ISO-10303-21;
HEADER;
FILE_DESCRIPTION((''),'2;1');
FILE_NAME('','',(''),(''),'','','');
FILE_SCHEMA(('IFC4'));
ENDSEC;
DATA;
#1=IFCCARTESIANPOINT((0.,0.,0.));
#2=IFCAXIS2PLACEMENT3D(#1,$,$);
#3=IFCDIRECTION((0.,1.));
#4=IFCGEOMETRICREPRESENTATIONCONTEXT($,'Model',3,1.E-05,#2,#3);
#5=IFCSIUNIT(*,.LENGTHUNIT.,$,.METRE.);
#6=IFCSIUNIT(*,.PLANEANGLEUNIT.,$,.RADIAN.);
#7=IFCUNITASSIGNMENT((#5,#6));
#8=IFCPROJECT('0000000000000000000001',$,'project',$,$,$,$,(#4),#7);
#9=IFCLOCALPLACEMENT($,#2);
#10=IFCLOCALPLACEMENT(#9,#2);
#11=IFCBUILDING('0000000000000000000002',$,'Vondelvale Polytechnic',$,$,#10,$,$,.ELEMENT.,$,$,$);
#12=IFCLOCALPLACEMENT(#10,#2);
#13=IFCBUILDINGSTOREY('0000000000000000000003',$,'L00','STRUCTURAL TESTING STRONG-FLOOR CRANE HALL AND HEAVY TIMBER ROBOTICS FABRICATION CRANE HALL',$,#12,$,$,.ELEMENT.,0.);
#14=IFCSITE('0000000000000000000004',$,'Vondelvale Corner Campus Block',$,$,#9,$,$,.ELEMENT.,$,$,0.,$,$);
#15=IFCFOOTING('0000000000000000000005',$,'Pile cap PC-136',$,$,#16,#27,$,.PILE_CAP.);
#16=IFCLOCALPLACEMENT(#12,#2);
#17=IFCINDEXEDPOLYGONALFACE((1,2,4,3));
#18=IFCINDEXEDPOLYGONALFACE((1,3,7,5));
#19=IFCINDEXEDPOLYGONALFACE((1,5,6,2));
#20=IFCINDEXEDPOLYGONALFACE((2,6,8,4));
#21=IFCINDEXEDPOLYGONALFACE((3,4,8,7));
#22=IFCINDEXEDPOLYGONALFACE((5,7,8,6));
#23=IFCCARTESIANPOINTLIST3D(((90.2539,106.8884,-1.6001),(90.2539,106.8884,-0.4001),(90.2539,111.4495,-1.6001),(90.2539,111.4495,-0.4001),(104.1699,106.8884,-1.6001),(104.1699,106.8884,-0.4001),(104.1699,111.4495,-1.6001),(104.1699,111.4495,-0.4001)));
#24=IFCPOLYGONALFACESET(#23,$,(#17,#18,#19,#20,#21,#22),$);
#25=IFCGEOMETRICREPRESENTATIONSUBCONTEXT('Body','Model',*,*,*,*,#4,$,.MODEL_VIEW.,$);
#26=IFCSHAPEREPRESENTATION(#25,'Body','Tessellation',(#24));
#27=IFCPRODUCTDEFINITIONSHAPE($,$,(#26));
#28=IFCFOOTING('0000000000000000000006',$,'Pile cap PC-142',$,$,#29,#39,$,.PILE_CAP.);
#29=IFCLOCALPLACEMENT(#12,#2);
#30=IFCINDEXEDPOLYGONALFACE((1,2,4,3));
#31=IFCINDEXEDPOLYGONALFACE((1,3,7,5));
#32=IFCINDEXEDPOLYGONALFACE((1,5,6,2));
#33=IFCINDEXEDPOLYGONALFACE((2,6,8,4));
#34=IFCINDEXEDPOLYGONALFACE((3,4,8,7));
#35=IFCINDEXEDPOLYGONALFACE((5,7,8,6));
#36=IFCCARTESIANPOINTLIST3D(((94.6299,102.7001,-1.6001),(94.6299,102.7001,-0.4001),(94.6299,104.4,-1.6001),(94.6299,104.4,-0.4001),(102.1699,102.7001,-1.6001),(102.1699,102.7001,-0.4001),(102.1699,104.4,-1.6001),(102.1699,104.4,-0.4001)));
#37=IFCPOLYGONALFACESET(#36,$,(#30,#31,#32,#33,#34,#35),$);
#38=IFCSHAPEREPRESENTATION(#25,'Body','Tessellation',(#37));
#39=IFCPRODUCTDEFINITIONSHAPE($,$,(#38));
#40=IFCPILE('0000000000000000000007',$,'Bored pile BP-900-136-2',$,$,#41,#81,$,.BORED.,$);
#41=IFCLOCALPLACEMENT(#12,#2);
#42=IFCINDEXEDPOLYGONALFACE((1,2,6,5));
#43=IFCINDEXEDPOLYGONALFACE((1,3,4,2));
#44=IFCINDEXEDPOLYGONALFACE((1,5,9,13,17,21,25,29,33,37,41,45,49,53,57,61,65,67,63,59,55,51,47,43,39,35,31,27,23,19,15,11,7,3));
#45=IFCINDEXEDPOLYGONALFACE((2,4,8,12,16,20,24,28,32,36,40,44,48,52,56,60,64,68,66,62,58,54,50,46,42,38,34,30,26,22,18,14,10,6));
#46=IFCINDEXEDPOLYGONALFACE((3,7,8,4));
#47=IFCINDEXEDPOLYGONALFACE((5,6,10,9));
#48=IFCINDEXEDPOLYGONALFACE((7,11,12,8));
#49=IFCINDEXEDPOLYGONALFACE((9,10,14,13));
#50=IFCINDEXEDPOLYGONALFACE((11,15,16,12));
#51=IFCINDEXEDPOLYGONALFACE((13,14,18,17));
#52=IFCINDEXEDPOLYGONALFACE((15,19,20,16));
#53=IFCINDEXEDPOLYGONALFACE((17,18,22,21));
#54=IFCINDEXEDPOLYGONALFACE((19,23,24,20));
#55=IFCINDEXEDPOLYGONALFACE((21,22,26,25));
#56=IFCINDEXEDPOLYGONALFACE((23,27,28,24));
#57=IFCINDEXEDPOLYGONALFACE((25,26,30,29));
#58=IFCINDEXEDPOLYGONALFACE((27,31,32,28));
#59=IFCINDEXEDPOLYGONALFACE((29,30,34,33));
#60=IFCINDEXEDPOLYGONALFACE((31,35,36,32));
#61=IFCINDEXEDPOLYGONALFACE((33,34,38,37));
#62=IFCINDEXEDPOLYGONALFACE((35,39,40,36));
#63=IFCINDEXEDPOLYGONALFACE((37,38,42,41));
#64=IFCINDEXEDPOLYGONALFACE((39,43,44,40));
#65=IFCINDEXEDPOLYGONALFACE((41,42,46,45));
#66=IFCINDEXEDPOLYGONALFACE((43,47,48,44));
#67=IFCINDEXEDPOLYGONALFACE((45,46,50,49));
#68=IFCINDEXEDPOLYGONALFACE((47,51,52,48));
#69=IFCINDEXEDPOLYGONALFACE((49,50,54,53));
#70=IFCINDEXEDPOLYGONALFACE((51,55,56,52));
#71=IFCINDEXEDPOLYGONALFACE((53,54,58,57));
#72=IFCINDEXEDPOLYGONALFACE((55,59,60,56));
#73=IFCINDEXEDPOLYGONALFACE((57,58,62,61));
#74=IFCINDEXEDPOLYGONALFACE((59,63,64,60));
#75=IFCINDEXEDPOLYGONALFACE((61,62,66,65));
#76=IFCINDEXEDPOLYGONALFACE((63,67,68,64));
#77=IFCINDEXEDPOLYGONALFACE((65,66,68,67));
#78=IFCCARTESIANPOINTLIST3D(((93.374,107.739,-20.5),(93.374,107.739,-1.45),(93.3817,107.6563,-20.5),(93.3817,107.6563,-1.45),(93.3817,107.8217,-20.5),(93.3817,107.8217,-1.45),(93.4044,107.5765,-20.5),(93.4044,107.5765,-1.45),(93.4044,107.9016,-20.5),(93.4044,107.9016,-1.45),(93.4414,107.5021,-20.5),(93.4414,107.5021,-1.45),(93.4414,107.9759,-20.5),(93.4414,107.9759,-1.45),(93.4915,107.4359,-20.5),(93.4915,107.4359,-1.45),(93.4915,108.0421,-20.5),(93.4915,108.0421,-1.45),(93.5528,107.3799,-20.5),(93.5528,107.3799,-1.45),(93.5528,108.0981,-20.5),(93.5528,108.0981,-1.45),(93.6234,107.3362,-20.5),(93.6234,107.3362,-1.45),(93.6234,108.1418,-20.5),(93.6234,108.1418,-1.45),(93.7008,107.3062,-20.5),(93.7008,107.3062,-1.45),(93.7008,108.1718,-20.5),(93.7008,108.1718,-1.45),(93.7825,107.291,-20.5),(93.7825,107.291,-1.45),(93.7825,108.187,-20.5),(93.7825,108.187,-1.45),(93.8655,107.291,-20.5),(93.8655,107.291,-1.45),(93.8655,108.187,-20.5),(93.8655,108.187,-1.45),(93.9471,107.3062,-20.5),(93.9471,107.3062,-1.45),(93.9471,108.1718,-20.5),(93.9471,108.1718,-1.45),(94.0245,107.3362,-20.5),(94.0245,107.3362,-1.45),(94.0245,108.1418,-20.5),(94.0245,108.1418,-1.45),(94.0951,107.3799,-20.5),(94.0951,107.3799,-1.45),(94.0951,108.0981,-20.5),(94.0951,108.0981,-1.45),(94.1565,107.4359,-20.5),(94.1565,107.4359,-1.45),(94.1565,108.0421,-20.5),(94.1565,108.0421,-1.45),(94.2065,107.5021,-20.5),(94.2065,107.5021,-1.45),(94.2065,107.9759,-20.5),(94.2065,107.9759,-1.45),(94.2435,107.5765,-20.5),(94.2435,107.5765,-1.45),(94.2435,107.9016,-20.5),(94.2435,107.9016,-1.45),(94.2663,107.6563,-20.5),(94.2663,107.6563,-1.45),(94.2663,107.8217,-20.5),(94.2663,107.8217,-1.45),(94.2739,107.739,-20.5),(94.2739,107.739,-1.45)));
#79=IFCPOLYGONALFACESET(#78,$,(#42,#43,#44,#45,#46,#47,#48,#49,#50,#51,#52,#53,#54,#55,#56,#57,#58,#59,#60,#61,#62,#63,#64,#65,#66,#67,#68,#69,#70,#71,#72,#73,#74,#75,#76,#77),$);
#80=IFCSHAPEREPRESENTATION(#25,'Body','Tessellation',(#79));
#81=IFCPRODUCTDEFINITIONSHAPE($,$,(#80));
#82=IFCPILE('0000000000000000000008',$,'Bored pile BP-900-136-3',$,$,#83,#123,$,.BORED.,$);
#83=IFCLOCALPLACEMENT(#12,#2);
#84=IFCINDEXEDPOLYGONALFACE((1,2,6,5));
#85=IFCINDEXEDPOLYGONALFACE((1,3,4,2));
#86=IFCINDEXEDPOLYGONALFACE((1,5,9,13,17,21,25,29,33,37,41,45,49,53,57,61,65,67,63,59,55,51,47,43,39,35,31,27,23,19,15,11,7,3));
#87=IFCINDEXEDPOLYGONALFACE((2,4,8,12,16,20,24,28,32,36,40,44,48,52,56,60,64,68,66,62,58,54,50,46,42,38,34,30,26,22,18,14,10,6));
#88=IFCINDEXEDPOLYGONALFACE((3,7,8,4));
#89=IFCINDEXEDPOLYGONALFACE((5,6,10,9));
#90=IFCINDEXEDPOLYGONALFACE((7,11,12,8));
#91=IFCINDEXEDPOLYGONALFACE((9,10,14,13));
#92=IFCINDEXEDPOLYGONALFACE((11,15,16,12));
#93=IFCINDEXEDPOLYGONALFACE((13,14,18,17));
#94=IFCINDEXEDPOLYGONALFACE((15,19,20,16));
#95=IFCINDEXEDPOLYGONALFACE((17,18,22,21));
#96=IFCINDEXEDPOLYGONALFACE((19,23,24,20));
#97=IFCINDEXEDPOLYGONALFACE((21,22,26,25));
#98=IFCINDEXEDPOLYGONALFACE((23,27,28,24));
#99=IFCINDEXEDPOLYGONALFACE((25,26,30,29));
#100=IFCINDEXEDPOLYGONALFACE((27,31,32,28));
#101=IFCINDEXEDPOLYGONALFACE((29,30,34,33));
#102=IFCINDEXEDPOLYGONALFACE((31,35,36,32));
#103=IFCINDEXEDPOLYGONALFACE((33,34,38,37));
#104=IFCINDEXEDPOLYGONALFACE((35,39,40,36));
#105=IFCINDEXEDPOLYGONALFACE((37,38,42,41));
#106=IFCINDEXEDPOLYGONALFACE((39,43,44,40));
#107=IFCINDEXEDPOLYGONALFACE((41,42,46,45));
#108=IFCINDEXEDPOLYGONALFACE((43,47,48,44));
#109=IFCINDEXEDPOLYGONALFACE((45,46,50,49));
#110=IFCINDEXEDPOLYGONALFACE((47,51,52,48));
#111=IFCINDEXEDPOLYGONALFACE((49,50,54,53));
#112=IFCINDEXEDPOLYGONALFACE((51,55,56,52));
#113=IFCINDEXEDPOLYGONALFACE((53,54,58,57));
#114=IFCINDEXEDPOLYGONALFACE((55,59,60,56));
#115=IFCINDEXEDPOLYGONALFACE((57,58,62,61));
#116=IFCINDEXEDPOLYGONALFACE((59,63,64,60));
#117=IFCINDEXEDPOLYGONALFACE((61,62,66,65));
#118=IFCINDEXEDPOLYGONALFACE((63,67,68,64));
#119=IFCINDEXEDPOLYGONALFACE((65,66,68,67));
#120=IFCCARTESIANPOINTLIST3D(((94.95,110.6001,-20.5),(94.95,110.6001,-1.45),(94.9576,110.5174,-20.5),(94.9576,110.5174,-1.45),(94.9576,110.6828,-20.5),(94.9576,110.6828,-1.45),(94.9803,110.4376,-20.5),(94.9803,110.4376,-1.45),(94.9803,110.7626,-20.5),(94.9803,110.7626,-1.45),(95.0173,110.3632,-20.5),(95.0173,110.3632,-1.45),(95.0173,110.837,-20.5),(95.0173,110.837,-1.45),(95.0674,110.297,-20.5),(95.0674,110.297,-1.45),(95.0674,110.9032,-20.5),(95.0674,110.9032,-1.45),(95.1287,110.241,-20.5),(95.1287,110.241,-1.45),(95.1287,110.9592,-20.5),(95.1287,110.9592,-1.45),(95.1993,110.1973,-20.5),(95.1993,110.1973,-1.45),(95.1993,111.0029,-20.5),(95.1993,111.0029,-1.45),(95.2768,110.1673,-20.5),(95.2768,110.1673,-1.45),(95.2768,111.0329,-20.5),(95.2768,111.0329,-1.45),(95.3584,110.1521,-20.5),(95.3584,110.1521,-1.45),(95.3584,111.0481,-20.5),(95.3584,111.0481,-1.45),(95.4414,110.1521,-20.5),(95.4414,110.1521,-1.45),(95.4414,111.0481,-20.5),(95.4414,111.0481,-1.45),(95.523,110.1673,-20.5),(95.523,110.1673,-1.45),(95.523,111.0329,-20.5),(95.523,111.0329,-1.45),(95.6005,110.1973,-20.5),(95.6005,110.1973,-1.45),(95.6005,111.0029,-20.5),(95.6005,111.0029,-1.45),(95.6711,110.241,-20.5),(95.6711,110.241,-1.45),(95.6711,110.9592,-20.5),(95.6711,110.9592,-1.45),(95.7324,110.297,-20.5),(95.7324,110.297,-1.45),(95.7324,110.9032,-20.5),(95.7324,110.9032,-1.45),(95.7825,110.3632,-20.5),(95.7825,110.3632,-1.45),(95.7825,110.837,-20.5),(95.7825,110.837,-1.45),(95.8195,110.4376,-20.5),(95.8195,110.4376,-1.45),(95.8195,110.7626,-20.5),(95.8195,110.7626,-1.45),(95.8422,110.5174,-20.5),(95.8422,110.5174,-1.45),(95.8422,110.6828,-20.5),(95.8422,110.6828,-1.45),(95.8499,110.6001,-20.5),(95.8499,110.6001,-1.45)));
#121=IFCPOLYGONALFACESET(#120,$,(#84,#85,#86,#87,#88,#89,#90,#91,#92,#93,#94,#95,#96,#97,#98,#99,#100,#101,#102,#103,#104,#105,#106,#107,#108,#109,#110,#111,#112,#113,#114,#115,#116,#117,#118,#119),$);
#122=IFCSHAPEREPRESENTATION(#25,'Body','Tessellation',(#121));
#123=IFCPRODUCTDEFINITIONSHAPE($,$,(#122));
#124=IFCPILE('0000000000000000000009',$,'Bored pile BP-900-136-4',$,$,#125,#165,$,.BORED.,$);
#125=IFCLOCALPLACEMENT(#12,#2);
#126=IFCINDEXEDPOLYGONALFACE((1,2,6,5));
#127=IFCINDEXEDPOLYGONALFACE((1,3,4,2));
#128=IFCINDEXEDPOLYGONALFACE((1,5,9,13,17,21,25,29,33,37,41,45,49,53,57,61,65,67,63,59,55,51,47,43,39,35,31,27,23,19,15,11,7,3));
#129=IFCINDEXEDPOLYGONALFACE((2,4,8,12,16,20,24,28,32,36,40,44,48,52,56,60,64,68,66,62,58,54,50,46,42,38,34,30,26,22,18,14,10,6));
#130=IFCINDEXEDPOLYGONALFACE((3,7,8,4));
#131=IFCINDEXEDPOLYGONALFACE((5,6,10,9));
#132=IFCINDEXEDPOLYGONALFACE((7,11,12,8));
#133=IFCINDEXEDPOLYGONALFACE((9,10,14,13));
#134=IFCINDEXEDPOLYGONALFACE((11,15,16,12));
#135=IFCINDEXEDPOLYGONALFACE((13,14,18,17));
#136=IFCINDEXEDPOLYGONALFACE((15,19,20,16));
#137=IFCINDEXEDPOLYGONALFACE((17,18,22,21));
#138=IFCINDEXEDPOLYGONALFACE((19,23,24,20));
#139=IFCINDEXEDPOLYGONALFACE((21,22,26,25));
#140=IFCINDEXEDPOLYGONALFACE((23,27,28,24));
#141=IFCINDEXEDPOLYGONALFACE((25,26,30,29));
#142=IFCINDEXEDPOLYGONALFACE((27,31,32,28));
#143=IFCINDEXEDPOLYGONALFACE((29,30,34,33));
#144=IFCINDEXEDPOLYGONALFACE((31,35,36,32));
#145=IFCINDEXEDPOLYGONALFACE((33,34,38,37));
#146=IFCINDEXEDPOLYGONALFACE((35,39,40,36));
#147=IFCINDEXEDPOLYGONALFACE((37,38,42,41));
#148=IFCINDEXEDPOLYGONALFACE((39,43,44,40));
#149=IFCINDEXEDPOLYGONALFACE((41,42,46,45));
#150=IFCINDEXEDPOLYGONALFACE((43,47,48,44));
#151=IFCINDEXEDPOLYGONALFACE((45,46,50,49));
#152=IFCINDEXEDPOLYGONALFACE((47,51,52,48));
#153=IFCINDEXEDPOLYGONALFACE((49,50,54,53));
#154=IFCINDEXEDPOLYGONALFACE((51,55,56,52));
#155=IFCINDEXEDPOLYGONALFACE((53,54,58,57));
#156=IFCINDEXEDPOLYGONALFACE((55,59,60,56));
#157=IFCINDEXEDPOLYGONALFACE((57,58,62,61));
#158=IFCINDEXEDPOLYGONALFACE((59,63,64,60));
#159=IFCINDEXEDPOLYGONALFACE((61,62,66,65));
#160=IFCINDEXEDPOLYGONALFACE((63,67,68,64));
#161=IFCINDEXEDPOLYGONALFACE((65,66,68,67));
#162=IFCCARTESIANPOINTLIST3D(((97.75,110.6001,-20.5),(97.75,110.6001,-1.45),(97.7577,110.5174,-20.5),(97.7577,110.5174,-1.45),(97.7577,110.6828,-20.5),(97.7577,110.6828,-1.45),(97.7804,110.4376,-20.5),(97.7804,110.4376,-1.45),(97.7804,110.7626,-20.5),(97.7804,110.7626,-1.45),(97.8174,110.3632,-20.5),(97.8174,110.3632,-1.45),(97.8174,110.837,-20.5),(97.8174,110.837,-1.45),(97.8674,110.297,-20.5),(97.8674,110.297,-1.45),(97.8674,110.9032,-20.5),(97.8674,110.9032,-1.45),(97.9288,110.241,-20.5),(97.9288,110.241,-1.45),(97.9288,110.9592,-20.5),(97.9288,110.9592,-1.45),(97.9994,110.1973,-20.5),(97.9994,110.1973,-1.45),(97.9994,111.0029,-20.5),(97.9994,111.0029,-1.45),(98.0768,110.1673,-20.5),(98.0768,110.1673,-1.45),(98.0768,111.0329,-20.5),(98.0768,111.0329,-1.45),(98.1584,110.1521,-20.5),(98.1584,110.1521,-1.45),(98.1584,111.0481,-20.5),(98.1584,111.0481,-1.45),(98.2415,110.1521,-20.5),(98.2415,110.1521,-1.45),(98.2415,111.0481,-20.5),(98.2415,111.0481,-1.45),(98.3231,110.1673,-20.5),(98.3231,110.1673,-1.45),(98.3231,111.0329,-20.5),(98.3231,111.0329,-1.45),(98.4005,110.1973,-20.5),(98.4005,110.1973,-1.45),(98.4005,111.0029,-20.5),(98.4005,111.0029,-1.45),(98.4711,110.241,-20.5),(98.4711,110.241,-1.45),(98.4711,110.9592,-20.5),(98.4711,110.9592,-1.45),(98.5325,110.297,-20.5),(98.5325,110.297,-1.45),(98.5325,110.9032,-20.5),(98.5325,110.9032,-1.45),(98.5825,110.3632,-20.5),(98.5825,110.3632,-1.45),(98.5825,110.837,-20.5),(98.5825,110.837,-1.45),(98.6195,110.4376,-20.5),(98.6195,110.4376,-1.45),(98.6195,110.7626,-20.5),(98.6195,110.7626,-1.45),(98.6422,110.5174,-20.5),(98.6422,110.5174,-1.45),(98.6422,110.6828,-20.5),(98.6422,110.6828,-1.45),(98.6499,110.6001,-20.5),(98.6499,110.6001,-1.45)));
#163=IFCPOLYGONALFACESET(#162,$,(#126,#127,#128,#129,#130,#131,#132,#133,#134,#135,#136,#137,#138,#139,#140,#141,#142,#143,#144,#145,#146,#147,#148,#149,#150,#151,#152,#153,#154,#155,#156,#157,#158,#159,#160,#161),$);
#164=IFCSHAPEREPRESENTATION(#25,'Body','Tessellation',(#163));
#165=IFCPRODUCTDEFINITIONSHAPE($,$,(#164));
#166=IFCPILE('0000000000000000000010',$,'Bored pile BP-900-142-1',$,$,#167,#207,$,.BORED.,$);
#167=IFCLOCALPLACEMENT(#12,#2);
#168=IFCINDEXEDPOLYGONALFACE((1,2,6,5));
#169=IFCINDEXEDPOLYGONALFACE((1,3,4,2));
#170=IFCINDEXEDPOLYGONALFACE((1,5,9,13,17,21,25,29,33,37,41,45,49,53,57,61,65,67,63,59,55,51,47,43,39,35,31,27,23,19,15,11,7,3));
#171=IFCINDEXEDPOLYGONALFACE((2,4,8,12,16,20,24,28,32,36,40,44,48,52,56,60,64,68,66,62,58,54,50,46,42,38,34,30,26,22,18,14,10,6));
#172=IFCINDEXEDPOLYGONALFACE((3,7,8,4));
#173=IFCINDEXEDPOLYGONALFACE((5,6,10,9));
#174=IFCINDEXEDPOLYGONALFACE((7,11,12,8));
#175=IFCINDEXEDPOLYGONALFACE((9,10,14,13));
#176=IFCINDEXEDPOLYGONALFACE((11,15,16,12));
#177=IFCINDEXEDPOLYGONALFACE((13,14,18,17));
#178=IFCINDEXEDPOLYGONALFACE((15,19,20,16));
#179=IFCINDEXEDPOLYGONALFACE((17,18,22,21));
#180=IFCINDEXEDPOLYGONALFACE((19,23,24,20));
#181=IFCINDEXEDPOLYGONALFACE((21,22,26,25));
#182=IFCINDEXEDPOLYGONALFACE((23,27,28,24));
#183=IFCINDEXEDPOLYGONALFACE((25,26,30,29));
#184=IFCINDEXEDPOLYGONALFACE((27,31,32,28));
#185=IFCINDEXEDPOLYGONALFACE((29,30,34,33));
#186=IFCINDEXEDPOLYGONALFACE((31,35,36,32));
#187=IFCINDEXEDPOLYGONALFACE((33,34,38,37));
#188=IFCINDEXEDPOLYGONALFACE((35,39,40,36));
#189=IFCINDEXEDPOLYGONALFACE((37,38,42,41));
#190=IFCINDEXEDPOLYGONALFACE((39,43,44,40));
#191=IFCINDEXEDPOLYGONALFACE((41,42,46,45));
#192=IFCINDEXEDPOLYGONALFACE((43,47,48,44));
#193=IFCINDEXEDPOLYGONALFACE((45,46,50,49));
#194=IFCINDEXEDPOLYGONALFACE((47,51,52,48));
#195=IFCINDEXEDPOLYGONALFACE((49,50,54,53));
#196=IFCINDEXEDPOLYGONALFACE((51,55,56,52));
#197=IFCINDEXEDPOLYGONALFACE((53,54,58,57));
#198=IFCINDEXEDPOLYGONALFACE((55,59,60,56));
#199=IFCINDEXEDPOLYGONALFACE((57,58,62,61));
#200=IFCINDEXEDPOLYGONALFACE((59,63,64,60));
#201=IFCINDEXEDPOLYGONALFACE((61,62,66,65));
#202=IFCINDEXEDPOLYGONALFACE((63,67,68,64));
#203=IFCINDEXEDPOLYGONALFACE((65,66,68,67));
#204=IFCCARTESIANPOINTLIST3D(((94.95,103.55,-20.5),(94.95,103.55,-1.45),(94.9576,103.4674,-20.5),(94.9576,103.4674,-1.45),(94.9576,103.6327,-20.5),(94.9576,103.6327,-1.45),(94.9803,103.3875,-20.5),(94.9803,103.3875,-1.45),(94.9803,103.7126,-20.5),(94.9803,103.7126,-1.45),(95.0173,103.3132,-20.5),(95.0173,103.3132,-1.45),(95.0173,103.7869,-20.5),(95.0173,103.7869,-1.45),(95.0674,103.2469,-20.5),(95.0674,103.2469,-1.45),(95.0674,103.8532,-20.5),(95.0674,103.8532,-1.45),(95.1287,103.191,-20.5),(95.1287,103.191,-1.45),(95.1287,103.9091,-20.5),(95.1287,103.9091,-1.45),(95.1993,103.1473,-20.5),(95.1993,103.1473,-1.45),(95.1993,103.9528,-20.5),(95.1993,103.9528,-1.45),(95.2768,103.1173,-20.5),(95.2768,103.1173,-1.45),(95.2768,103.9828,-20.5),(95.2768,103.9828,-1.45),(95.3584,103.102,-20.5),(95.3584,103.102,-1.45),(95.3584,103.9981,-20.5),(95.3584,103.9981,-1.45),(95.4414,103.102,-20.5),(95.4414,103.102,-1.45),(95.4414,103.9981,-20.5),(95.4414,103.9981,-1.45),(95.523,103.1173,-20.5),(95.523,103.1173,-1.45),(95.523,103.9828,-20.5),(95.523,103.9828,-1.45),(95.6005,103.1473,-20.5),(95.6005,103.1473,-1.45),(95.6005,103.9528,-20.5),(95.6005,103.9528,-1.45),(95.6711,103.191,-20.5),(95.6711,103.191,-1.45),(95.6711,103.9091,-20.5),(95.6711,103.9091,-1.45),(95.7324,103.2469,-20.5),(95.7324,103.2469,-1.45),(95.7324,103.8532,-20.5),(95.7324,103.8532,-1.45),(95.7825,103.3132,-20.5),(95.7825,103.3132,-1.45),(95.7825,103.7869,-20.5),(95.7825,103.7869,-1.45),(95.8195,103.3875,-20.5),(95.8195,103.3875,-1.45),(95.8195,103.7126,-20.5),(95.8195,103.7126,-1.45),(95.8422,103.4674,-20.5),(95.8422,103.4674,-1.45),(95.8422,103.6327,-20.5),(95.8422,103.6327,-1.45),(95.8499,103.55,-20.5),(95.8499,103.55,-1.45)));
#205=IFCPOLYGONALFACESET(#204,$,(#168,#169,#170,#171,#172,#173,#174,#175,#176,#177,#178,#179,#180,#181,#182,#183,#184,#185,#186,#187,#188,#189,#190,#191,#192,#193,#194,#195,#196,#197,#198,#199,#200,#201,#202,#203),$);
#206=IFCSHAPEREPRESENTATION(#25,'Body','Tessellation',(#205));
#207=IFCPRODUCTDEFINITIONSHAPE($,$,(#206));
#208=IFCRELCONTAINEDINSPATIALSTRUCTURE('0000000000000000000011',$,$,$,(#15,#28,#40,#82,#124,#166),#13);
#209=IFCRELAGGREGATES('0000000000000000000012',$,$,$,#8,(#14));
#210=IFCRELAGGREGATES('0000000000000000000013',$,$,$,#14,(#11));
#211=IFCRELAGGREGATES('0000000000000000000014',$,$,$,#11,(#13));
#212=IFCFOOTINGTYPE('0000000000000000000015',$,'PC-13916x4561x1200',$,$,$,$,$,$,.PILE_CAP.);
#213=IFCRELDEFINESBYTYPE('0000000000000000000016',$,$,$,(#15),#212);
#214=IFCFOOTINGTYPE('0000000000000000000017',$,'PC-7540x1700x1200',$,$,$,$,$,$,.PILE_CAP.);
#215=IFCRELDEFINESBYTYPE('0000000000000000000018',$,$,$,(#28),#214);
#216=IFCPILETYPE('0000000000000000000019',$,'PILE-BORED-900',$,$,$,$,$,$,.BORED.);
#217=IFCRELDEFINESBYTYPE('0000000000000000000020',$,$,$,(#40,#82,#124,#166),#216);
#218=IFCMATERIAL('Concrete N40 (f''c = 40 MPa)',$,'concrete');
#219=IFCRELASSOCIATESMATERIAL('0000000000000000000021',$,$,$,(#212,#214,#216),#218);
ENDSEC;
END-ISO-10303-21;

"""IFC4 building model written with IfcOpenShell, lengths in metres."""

from ifc_helpers import new_model, si_unit, direction, frame, origin, origin_2d, place, context, subcontext, project, spatial, rectangle, circle, extrude, material, material_profile, profile_set, type_object, element, save


model = new_model("IFC4")

# Units and contexts
model_context = context("Model", 3, precision=1e-05, world=origin(), true_north=direction((0.0, 1.0)))
body_context = subcontext(model_context, "Body", "Model", "MODEL_VIEW")
ifc_project = project(units=[si_unit("LENGTHUNIT", "METRE"), si_unit("PLANEANGLEUNIT", "RADIAN")], contexts=[model_context])

# Site, building, storey
site_placement = place(None, origin())
site = spatial("IfcSite", under=ifc_project, at=site_placement, Name="Vondelvale Corner Campus Block", CompositionType="ELEMENT", RefElevation=0.0)
building_placement = place(site_placement, origin())
building = spatial("IfcBuilding", under=site, at=building_placement, Name="Vondelvale Polytechnic", CompositionType="ELEMENT")
storey_placement = place(building_placement, origin())
storey = spatial("IfcBuildingStorey", under=building, at=storey_placement, Name="L00", Description="STRUCTURAL TESTING STRONG-FLOOR CRANE HALL AND HEAVY TIMBER ROBOTICS FABRICATION CRANE HALL", CompositionType="ELEMENT", Elevation=0.0)

# Footings
ifc_material_1 = material(Name="Concrete N40 (f'c = 40 MPa)", Category="concrete")
footing_type_1 = type_object("IfcFootingType", Name="PC-13916x4561x1200", PredefinedType="PILE_CAP", material=ifc_material_1)
footing_1_placement = place(storey_placement, frame((97.2119, 109.1689, -1.6001), z_axis=(0.0, 0.0, 1.0), x_axis=(1.0, 0.0, 0.0)))
element("IfcFooting", 1, at=footing_1_placement, inside=storey, type_object=footing_type_1, Name="Pile cap PC-136", PredefinedType="PILE_CAP", context=body_context, shape_type="SweptSolid", body=[
    extrude(rectangle(XDim=13.916, YDim=4.561, at=origin_2d()), origin(), (0.0, 0.0, 1.0), 1.2),
])
footing_type_2 = type_object("IfcFootingType", Name="PC-7540x1700x1200", PredefinedType="PILE_CAP", material=ifc_material_1)
footing_2_placement = place(storey_placement, frame((98.3999, 103.55, -1.6001), z_axis=(0.0, 0.0, 1.0), x_axis=(1.0, 0.0, 0.0)))
element("IfcFooting", 2, at=footing_2_placement, inside=storey, type_object=footing_type_2, Name="Pile cap PC-142", PredefinedType="PILE_CAP", context=body_context, shape_type="SweptSolid", body=[
    extrude(rectangle(XDim=7.54, YDim=1.7, at=origin_2d()), origin(), (0.0, 0.0, 1.0), 1.2),
])

# Piles
ifc_material_profile_1 = material_profile(ifc_material_1, circle(Radius=0.45, at=origin_2d()), Name="PILE-D900")
ifc_profile_set_1 = profile_set([ifc_material_profile_1], Name="Concrete N40 (f'c = 40 MPa)")
pile_type = type_object("IfcPileType", Name="PILE-BORED-900", PredefinedType="BORED", material=ifc_profile_set_1)
for number, where, z_axis, x_axis, name in (
    (3, (93.824, 107.739, -1.45), (0.0, 0.0, -1.0), (1.0, 0.0, 0.0), "Bored pile BP-900-136-2"),
    (4, (95.3999, 110.6001, -1.45), (0.0, 0.0, -1.0), (1.0, 0.0, 0.0), "Bored pile BP-900-136-3"),
    (5, (98.2, 110.6001, -1.45), (0.0, 0.0, -1.0), (1.0, 0.0, 0.0), "Bored pile BP-900-136-4"),
    (6, (95.3999, 103.55, -1.45), (0.0, 0.0, -1.0), (1.0, 0.0, 0.0), "Bored pile BP-900-142-1"),
):
    element("IfcPile", number, at=place(storey_placement, frame(where, z_axis=z_axis, x_axis=x_axis)), inside=storey, type_object=pile_type, Name=name, PredefinedType="BORED", context=body_context, shape_type="SweptSolid", body=[
        extrude(circle(Radius=0.45, at=origin_2d()), origin(), (0.0, 0.0, 1.0), 19.05),
    ])

save(model, "model.ifc")
